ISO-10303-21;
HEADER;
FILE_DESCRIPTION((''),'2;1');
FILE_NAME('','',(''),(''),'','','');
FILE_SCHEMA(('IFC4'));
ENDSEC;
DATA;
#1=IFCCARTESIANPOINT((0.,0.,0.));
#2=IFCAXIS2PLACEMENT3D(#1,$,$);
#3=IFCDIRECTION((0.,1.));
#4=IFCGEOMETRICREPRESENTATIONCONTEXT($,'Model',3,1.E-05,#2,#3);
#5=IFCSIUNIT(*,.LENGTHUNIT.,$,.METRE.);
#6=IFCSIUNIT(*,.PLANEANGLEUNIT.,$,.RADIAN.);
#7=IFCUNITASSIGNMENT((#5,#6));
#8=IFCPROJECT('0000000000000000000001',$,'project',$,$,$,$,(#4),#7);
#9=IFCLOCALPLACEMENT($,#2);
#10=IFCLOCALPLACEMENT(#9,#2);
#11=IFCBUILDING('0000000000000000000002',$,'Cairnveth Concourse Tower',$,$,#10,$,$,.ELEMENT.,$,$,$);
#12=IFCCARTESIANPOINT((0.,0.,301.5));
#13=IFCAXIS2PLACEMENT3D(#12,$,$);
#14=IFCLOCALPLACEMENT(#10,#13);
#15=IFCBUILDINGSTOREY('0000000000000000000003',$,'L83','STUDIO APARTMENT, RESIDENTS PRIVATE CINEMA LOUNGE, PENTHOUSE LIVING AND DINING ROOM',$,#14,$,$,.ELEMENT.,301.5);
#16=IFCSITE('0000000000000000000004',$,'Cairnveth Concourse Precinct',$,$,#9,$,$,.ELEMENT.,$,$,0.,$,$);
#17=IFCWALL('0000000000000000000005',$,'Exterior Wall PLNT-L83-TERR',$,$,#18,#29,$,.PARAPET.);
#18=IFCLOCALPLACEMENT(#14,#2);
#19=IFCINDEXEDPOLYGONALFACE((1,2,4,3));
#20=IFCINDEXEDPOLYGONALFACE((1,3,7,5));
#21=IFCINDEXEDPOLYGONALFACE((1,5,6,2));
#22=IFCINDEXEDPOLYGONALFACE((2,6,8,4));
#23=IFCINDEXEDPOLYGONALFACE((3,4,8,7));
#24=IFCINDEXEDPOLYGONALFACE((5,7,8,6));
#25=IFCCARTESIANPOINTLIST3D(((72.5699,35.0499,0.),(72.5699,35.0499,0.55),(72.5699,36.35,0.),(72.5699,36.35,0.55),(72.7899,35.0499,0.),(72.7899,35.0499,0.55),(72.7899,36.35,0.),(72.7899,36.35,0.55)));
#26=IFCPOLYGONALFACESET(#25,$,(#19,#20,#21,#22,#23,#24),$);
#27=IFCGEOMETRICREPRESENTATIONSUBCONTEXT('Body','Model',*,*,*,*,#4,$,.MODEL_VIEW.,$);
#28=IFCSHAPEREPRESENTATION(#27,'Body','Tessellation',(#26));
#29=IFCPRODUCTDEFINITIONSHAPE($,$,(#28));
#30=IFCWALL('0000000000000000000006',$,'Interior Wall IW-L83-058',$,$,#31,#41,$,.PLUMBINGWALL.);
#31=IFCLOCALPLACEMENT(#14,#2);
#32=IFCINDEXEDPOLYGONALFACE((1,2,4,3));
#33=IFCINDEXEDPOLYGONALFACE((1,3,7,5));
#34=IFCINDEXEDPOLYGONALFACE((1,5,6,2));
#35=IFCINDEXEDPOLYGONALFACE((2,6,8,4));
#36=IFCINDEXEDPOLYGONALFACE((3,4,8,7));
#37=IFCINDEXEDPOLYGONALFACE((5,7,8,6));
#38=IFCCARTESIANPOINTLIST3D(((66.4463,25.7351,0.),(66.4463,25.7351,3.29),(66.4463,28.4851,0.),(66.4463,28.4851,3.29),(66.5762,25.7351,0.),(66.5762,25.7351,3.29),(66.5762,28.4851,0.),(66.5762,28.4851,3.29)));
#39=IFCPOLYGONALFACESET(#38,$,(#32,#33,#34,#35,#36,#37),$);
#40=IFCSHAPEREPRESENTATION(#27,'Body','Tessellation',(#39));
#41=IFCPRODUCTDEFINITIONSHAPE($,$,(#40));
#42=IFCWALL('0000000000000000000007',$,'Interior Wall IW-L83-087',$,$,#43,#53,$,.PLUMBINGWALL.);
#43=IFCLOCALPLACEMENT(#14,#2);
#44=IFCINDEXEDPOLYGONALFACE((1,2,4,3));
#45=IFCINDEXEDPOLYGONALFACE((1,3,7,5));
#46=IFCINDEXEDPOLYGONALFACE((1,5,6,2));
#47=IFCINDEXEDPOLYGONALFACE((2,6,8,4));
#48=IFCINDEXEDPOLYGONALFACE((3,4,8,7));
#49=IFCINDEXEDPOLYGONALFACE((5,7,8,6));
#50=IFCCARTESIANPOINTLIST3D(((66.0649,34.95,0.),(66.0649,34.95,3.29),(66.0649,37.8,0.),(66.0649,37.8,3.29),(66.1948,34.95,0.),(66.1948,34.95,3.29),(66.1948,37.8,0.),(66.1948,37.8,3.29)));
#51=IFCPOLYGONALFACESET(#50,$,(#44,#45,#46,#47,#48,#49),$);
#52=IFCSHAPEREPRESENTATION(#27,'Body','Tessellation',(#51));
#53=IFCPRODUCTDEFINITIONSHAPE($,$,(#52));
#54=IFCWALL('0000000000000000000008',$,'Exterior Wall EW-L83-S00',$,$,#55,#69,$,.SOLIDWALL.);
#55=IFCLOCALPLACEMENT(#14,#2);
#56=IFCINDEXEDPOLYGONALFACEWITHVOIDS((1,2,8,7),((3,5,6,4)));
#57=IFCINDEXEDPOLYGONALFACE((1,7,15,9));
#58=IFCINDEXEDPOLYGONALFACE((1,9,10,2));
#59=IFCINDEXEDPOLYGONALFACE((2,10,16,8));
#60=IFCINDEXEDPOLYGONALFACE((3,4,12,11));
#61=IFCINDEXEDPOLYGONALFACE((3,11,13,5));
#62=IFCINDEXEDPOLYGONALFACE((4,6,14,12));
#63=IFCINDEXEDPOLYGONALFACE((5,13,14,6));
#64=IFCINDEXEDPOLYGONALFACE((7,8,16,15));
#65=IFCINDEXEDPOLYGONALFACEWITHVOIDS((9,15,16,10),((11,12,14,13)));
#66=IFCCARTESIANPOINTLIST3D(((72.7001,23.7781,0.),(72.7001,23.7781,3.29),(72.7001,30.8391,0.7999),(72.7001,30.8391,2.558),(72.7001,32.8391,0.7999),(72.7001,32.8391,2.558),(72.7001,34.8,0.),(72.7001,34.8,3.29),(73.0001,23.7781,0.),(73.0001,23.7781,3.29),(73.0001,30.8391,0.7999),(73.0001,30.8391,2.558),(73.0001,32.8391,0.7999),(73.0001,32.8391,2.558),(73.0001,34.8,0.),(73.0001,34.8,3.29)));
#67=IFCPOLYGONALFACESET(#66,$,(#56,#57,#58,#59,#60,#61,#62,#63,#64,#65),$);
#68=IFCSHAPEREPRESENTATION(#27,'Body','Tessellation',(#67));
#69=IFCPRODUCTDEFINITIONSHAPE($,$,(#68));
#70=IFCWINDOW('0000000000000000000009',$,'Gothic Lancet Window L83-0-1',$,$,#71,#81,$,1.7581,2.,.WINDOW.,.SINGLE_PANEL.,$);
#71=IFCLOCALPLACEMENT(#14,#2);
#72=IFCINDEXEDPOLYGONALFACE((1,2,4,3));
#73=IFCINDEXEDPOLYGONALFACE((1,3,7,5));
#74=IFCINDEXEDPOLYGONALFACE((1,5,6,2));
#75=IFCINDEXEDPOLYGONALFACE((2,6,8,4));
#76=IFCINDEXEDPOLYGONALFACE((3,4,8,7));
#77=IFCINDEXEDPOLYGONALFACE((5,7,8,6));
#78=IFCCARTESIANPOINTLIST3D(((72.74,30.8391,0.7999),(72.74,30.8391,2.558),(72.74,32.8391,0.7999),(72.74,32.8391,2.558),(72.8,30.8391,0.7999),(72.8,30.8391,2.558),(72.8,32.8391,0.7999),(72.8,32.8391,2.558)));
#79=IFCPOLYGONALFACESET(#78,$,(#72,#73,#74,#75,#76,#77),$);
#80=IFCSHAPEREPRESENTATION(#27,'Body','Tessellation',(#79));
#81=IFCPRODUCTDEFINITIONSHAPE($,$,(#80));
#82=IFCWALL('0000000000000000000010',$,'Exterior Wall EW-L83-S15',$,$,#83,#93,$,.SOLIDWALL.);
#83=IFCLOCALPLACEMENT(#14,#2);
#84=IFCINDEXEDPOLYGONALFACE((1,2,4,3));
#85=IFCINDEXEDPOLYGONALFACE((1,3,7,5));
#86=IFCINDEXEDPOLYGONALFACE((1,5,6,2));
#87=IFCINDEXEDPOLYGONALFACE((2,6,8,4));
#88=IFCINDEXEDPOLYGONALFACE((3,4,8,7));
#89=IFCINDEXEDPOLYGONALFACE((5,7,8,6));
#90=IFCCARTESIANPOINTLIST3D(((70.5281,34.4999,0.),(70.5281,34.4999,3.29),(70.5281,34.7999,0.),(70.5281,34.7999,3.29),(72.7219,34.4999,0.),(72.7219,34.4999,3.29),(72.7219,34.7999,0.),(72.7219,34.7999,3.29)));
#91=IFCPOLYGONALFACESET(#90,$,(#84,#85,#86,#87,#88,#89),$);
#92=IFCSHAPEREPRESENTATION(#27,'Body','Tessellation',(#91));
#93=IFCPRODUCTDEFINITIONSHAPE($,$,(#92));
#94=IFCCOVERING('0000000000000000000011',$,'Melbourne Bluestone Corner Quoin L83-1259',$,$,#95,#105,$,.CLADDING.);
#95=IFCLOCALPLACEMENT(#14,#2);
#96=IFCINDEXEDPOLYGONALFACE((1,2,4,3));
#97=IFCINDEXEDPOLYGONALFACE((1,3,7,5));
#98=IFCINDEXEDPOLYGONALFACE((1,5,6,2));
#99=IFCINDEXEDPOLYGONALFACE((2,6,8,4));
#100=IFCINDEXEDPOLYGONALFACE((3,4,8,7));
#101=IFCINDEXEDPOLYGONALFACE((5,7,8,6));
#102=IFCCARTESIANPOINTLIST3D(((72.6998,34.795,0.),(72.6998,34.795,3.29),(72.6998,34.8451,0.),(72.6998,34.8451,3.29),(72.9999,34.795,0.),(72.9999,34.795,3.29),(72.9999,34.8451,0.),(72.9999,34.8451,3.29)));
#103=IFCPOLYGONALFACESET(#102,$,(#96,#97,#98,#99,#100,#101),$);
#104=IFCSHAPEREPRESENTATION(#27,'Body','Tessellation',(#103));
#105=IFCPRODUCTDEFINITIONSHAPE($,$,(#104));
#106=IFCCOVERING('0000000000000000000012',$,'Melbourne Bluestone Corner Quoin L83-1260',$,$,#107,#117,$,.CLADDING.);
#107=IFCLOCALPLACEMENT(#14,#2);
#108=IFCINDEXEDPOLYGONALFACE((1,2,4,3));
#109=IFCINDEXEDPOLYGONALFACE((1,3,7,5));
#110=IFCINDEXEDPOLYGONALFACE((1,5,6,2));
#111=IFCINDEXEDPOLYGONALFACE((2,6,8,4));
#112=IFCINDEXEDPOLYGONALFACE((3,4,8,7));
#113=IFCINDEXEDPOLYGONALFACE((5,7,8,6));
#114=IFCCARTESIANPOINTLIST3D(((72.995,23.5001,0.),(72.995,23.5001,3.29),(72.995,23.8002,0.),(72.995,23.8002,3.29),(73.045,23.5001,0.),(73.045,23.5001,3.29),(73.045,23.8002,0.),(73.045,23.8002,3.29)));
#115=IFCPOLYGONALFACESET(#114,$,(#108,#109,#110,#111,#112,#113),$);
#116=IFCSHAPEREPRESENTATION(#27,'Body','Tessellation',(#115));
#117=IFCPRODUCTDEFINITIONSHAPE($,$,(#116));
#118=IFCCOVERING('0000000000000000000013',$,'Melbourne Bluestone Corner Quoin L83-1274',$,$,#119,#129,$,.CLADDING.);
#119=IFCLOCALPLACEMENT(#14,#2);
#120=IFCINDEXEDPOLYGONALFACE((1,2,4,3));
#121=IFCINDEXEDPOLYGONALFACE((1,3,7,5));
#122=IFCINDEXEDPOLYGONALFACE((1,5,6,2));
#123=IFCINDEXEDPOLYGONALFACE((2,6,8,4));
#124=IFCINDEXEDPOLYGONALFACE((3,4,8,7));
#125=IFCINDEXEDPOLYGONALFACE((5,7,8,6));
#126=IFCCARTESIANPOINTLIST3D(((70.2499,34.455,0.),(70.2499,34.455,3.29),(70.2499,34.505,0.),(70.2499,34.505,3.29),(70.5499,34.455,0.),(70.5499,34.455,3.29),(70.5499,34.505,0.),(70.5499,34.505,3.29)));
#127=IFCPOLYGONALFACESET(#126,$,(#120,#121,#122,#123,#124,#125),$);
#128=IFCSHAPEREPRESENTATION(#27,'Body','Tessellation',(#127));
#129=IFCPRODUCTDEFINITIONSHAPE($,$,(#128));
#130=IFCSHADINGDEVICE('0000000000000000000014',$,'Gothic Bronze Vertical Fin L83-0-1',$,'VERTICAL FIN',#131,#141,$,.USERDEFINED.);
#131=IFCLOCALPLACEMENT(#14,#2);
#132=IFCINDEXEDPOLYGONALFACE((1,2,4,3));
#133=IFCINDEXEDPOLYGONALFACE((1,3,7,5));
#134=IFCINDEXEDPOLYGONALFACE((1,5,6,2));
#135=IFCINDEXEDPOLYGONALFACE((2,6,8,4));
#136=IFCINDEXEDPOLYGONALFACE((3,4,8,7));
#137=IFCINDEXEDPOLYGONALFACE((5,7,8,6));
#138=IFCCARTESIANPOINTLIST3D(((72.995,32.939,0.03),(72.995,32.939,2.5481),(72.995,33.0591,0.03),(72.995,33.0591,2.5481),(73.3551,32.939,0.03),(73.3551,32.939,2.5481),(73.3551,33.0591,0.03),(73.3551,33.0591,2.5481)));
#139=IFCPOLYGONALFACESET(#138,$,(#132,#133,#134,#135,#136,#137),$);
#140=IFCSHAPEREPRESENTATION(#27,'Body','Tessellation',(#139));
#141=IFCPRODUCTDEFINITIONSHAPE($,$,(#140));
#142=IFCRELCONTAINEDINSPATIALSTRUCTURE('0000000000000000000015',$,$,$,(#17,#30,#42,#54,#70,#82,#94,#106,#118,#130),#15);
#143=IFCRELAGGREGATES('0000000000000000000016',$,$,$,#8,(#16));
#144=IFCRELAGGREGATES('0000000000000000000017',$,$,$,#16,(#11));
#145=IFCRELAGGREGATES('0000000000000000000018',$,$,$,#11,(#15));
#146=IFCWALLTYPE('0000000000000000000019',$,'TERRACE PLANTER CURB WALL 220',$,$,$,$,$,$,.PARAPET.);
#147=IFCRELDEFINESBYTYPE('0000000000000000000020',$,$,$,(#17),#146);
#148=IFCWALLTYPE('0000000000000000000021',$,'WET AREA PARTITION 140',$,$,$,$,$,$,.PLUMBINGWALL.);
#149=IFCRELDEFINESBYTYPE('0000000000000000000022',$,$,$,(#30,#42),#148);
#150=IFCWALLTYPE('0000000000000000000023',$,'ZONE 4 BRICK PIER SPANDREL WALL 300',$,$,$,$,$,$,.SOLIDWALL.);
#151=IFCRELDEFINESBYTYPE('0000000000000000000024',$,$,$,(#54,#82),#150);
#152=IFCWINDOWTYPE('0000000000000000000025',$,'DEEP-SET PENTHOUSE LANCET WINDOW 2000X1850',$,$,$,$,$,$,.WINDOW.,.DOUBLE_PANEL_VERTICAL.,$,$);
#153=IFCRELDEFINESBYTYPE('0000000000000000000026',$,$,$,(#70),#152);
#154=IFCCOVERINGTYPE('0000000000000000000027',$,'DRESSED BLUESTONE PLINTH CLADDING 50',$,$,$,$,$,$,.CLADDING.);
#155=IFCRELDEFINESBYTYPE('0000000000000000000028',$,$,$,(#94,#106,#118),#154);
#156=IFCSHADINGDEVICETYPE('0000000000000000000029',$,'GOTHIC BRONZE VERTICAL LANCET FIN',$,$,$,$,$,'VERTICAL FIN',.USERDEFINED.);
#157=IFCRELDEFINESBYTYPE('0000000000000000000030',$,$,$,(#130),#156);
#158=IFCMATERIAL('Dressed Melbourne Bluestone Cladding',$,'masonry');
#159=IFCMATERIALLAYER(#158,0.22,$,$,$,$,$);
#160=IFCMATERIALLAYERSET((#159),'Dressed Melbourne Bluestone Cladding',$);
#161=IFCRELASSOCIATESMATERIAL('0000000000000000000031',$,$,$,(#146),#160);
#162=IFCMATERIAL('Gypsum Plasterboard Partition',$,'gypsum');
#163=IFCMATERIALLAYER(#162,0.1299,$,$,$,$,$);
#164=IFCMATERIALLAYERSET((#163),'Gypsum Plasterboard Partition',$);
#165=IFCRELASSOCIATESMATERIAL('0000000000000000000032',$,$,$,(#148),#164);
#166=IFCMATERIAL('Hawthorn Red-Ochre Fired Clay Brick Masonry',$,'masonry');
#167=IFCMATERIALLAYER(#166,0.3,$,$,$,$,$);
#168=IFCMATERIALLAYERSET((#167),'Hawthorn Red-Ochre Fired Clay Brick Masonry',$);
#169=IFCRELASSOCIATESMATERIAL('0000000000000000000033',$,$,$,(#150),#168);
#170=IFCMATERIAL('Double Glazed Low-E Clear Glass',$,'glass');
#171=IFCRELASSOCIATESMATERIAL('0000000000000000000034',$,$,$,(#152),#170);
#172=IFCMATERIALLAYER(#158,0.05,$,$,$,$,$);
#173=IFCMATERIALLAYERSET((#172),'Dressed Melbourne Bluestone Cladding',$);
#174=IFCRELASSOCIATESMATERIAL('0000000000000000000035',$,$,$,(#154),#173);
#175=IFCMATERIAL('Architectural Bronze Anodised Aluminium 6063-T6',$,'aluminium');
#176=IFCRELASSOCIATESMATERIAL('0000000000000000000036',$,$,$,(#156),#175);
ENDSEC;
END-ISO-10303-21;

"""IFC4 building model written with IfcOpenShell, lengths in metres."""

from ifc_helpers import new_model, si_unit, direction, frame, frame_2d, origin, origin_2d, place, context, subcontext, project, spatial, rectangle, extrude, material, layer, layer_set, type_object, element, fill, save


model = new_model("IFC4")

# Units and contexts
model_context = context("Model", 3, precision=1e-05, world=origin(), true_north=direction((0.0, 1.0)))
body_context = subcontext(model_context, "Body", "Model", "MODEL_VIEW")
ifc_project = project(units=[si_unit("LENGTHUNIT", "METRE"), si_unit("PLANEANGLEUNIT", "RADIAN")], contexts=[model_context])

# Site, building, storey
site_placement = place(None, origin())
site = spatial("IfcSite", under=ifc_project, at=site_placement, Name="Cairnveth Concourse Precinct", CompositionType="ELEMENT", RefElevation=0.0)
building_placement = place(site_placement, origin())
building = spatial("IfcBuilding", under=site, at=building_placement, Name="Cairnveth Concourse Tower", CompositionType="ELEMENT")
storey_placement = place(building_placement, frame((0.0, 0.0, 301.5)))
storey = spatial("IfcBuildingStorey", under=building, at=storey_placement, Name="L83", Description="STUDIO APARTMENT, RESIDENTS PRIVATE CINEMA LOUNGE, PENTHOUSE LIVING AND DINING ROOM", CompositionType="ELEMENT", Elevation=301.5)

# Shared definitions
ifc_material_1 = material(Name="Gypsum Plasterboard Partition", Category="gypsum")

# Walls
ifc_material_2 = material(Name="Dressed Melbourne Bluestone Cladding", Category="masonry")
ifc_layer_1 = layer(ifc_material_2, 0.22)
ifc_layer_set_1 = layer_set([ifc_layer_1], Name="Dressed Melbourne Bluestone Cladding")
wall_type_1 = type_object("IfcWallType", Name="TERRACE PLANTER CURB WALL 220", PredefinedType="PARAPET", material=ifc_layer_set_1)
wall_1_placement = place(storey_placement, frame((72.6799, 35.05, 0.0), z_axis=(0.0, 0.0, 1.0), x_axis=(0.0, 1.0, 0.0)))
element("IfcWall", 1, at=wall_1_placement, inside=storey, type_object=wall_type_1, Name="Exterior Wall PLNT-L83-TERR", PredefinedType="PARAPET", context=body_context, shape_type="SweptSolid", body=[
    extrude(rectangle(XDim=1.3, YDim=0.22, at=frame_2d((0.6499, 0.0))), origin(), (0.0, 0.0, 1.0), 0.55),
])
ifc_layer_2 = layer(ifc_material_1, 0.1299)
ifc_layer_set_2 = layer_set([ifc_layer_2], Name="Gypsum Plasterboard Partition")
wall_type_2 = type_object("IfcWallType", Name="WET AREA PARTITION 140", PredefinedType="PLUMBINGWALL", material=ifc_layer_set_2)
wall_2_placement = place(storey_placement, frame((66.5112, 25.7351, 0.0), z_axis=(0.0, 0.0, 1.0), x_axis=(0.0, 1.0, 0.0)))
element("IfcWall", 2, at=wall_2_placement, inside=storey, type_object=wall_type_2, Name="Interior Wall IW-L83-058", PredefinedType="PLUMBINGWALL", context=body_context, shape_type="SweptSolid", body=[
    extrude(rectangle(XDim=2.75, YDim=0.1299, at=frame_2d((1.375, 0.0))), origin(), (0.0, 0.0, 1.0), 3.29),
])
wall_3_placement = place(storey_placement, frame((66.1299, 34.95, 0.0), z_axis=(0.0, 0.0, 1.0), x_axis=(0.0, 1.0, 0.0)))
element("IfcWall", 3, at=wall_3_placement, inside=storey, type_object=wall_type_2, Name="Interior Wall IW-L83-087", PredefinedType="PLUMBINGWALL", context=body_context, shape_type="SweptSolid", body=[
    extrude(rectangle(XDim=2.8501, YDim=0.1299, at=frame_2d((1.425, 0.0))), origin(), (0.0, 0.0, 1.0), 3.29),
])

# Wall, opening, window
ifc_material_3 = material(Name="Hawthorn Red-Ochre Fired Clay Brick Masonry", Category="masonry")
ifc_layer_3 = layer(ifc_material_3, 0.3)
ifc_layer_set_3 = layer_set([ifc_layer_3], Name="Hawthorn Red-Ochre Fired Clay Brick Masonry")
wall_type_3 = type_object("IfcWallType", Name="ZONE 4 BRICK PIER SPANDREL WALL 300", PredefinedType="SOLIDWALL", material=ifc_layer_set_3)
wall_4_placement = place(storey_placement, frame((72.8501, 34.8, 0.0), z_axis=(0.0, 0.0, 1.0), x_axis=(0.0, -1.0, 0.0)))
wall_4 = element("IfcWall", 4, at=wall_4_placement, inside=storey, type_object=wall_type_3, Name="Exterior Wall EW-L83-S00", PredefinedType="SOLIDWALL", context=body_context, shape_type="SweptSolid", body=[
    extrude(rectangle(XDim=11.022, YDim=0.3, at=frame_2d((5.511, 0.0))), origin(), (0.0, 0.0, 1.0), 3.29),
])
opening_1_placement = place(wall_4_placement, frame((1.9609, 0.0, 0.8)))
opening_1 = element("IfcOpeningElement", 5, at=opening_1_placement, cuts=wall_4, PredefinedType="OPENING", context=body_context, shape_type="SweptSolid", body=[
    extrude(rectangle(XDim=2.0, YDim=1.7581, at=frame_2d((1.0, 0.8789))), frame((0.0, 0.1599, 0.0), z_axis=(0.0, -1.0, 0.0), x_axis=(1.0, 0.0, 0.0)), (0.0, 0.0, 1.0), 0.3201),
])
ifc_material_4 = material(Name="Double Glazed Low-E Clear Glass", Category="glass")
window_type = type_object("IfcWindowType", Name="DEEP-SET PENTHOUSE LANCET WINDOW 2000X1850", PartitioningType="DOUBLE_PANEL_VERTICAL", PredefinedType="WINDOW", material=ifc_material_4)
window_placement = place(opening_1_placement, origin())
window = element("IfcWindow", 6, at=window_placement, inside=storey, type_object=window_type, Name="Gothic Lancet Window L83-0-1", OverallHeight=1.7581, OverallWidth=2.0, PartitioningType="SINGLE_PANEL", PredefinedType="WINDOW", context=body_context, shape_type="SweptSolid", body=[
    extrude(rectangle(XDim=2.0, YDim=1.7581, at=frame_2d((1.0, 0.8789))), frame((0.0, -0.05, 0.0), z_axis=(0.0, -1.0, 0.0), x_axis=(1.0, 0.0, 0.0)), (0.0, 0.0, 1.0), 0.0601),
])
fill(opening_1, window)

# Wall
wall_5_placement = place(storey_placement, frame((70.5281, 34.6499, 0.0), z_axis=(0.0, 0.0, 1.0), x_axis=(1.0, 0.0, 0.0)))
element("IfcWall", 7, at=wall_5_placement, inside=storey, type_object=wall_type_3, Name="Exterior Wall EW-L83-S15", PredefinedType="SOLIDWALL", context=body_context, shape_type="SweptSolid", body=[
    extrude(rectangle(XDim=2.1938, YDim=0.3, at=frame_2d((1.0969, 0.0))), origin(), (0.0, 0.0, 1.0), 3.29),
])

# Coverings
ifc_layer_4 = layer(ifc_material_2, 0.05)
ifc_layer_set_4 = layer_set([ifc_layer_4], Name="Dressed Melbourne Bluestone Cladding")
covering_type = type_object("IfcCoveringType", Name="DRESSED BLUESTONE PLINTH CLADDING 50", PredefinedType="CLADDING", material=ifc_layer_set_4)
for number, where, z_axis, x_axis, name in (
    (8, (72.7, 34.8201, 0.0), (0.0, 0.0, 1.0), (1.0, 0.0, 0.0), "Melbourne Bluestone Corner Quoin L83-1259"),
    (9, (73.02, 23.8, 0.0), (0.0, 0.0, 1.0), (0.0, -1.0, 0.0), "Melbourne Bluestone Corner Quoin L83-1260"),
    (10, (70.25, 34.48, 0.0), (0.0, 0.0, 1.0), (1.0, 0.0, 0.0), "Melbourne Bluestone Corner Quoin L83-1274"),
):
    element("IfcCovering", number, at=place(storey_placement, frame(where, z_axis=z_axis, x_axis=x_axis)), inside=storey, type_object=covering_type, Name=name, PredefinedType="CLADDING", context=body_context, shape_type="SweptSolid", body=[
        extrude(rectangle(XDim=0.3, YDim=0.05, at=frame_2d((0.1499, 0.0))), origin(), (0.0, 0.0, 1.0), 3.29),
    ])

# Shading device
ifc_material_5 = material(Name="Architectural Bronze Anodised Aluminium 6063-T6", Category="aluminium")
shading_device_type = type_object("IfcShadingDeviceType", Name="GOTHIC BRONZE VERTICAL LANCET FIN", ElementType="VERTICAL FIN", PredefinedType="USERDEFINED", material=ifc_material_5)
shading_device_placement = place(storey_placement, frame((73.175, 32.999, 0.03), z_axis=(0.0, 0.0, 1.0), x_axis=(0.0, 1.0, 0.0)))
element("IfcShadingDevice", 11, at=shading_device_placement, inside=storey, type_object=shading_device_type, Name="Gothic Bronze Vertical Fin L83-0-1", ObjectType="VERTICAL FIN", PredefinedType="USERDEFINED", context=body_context, shape_type="SweptSolid", body=[
    extrude(rectangle(XDim=0.1201, YDim=0.3601, at=origin_2d()), origin(), (0.0, 0.0, 1.0), 2.5181),
])

save(model, "model.ifc")
